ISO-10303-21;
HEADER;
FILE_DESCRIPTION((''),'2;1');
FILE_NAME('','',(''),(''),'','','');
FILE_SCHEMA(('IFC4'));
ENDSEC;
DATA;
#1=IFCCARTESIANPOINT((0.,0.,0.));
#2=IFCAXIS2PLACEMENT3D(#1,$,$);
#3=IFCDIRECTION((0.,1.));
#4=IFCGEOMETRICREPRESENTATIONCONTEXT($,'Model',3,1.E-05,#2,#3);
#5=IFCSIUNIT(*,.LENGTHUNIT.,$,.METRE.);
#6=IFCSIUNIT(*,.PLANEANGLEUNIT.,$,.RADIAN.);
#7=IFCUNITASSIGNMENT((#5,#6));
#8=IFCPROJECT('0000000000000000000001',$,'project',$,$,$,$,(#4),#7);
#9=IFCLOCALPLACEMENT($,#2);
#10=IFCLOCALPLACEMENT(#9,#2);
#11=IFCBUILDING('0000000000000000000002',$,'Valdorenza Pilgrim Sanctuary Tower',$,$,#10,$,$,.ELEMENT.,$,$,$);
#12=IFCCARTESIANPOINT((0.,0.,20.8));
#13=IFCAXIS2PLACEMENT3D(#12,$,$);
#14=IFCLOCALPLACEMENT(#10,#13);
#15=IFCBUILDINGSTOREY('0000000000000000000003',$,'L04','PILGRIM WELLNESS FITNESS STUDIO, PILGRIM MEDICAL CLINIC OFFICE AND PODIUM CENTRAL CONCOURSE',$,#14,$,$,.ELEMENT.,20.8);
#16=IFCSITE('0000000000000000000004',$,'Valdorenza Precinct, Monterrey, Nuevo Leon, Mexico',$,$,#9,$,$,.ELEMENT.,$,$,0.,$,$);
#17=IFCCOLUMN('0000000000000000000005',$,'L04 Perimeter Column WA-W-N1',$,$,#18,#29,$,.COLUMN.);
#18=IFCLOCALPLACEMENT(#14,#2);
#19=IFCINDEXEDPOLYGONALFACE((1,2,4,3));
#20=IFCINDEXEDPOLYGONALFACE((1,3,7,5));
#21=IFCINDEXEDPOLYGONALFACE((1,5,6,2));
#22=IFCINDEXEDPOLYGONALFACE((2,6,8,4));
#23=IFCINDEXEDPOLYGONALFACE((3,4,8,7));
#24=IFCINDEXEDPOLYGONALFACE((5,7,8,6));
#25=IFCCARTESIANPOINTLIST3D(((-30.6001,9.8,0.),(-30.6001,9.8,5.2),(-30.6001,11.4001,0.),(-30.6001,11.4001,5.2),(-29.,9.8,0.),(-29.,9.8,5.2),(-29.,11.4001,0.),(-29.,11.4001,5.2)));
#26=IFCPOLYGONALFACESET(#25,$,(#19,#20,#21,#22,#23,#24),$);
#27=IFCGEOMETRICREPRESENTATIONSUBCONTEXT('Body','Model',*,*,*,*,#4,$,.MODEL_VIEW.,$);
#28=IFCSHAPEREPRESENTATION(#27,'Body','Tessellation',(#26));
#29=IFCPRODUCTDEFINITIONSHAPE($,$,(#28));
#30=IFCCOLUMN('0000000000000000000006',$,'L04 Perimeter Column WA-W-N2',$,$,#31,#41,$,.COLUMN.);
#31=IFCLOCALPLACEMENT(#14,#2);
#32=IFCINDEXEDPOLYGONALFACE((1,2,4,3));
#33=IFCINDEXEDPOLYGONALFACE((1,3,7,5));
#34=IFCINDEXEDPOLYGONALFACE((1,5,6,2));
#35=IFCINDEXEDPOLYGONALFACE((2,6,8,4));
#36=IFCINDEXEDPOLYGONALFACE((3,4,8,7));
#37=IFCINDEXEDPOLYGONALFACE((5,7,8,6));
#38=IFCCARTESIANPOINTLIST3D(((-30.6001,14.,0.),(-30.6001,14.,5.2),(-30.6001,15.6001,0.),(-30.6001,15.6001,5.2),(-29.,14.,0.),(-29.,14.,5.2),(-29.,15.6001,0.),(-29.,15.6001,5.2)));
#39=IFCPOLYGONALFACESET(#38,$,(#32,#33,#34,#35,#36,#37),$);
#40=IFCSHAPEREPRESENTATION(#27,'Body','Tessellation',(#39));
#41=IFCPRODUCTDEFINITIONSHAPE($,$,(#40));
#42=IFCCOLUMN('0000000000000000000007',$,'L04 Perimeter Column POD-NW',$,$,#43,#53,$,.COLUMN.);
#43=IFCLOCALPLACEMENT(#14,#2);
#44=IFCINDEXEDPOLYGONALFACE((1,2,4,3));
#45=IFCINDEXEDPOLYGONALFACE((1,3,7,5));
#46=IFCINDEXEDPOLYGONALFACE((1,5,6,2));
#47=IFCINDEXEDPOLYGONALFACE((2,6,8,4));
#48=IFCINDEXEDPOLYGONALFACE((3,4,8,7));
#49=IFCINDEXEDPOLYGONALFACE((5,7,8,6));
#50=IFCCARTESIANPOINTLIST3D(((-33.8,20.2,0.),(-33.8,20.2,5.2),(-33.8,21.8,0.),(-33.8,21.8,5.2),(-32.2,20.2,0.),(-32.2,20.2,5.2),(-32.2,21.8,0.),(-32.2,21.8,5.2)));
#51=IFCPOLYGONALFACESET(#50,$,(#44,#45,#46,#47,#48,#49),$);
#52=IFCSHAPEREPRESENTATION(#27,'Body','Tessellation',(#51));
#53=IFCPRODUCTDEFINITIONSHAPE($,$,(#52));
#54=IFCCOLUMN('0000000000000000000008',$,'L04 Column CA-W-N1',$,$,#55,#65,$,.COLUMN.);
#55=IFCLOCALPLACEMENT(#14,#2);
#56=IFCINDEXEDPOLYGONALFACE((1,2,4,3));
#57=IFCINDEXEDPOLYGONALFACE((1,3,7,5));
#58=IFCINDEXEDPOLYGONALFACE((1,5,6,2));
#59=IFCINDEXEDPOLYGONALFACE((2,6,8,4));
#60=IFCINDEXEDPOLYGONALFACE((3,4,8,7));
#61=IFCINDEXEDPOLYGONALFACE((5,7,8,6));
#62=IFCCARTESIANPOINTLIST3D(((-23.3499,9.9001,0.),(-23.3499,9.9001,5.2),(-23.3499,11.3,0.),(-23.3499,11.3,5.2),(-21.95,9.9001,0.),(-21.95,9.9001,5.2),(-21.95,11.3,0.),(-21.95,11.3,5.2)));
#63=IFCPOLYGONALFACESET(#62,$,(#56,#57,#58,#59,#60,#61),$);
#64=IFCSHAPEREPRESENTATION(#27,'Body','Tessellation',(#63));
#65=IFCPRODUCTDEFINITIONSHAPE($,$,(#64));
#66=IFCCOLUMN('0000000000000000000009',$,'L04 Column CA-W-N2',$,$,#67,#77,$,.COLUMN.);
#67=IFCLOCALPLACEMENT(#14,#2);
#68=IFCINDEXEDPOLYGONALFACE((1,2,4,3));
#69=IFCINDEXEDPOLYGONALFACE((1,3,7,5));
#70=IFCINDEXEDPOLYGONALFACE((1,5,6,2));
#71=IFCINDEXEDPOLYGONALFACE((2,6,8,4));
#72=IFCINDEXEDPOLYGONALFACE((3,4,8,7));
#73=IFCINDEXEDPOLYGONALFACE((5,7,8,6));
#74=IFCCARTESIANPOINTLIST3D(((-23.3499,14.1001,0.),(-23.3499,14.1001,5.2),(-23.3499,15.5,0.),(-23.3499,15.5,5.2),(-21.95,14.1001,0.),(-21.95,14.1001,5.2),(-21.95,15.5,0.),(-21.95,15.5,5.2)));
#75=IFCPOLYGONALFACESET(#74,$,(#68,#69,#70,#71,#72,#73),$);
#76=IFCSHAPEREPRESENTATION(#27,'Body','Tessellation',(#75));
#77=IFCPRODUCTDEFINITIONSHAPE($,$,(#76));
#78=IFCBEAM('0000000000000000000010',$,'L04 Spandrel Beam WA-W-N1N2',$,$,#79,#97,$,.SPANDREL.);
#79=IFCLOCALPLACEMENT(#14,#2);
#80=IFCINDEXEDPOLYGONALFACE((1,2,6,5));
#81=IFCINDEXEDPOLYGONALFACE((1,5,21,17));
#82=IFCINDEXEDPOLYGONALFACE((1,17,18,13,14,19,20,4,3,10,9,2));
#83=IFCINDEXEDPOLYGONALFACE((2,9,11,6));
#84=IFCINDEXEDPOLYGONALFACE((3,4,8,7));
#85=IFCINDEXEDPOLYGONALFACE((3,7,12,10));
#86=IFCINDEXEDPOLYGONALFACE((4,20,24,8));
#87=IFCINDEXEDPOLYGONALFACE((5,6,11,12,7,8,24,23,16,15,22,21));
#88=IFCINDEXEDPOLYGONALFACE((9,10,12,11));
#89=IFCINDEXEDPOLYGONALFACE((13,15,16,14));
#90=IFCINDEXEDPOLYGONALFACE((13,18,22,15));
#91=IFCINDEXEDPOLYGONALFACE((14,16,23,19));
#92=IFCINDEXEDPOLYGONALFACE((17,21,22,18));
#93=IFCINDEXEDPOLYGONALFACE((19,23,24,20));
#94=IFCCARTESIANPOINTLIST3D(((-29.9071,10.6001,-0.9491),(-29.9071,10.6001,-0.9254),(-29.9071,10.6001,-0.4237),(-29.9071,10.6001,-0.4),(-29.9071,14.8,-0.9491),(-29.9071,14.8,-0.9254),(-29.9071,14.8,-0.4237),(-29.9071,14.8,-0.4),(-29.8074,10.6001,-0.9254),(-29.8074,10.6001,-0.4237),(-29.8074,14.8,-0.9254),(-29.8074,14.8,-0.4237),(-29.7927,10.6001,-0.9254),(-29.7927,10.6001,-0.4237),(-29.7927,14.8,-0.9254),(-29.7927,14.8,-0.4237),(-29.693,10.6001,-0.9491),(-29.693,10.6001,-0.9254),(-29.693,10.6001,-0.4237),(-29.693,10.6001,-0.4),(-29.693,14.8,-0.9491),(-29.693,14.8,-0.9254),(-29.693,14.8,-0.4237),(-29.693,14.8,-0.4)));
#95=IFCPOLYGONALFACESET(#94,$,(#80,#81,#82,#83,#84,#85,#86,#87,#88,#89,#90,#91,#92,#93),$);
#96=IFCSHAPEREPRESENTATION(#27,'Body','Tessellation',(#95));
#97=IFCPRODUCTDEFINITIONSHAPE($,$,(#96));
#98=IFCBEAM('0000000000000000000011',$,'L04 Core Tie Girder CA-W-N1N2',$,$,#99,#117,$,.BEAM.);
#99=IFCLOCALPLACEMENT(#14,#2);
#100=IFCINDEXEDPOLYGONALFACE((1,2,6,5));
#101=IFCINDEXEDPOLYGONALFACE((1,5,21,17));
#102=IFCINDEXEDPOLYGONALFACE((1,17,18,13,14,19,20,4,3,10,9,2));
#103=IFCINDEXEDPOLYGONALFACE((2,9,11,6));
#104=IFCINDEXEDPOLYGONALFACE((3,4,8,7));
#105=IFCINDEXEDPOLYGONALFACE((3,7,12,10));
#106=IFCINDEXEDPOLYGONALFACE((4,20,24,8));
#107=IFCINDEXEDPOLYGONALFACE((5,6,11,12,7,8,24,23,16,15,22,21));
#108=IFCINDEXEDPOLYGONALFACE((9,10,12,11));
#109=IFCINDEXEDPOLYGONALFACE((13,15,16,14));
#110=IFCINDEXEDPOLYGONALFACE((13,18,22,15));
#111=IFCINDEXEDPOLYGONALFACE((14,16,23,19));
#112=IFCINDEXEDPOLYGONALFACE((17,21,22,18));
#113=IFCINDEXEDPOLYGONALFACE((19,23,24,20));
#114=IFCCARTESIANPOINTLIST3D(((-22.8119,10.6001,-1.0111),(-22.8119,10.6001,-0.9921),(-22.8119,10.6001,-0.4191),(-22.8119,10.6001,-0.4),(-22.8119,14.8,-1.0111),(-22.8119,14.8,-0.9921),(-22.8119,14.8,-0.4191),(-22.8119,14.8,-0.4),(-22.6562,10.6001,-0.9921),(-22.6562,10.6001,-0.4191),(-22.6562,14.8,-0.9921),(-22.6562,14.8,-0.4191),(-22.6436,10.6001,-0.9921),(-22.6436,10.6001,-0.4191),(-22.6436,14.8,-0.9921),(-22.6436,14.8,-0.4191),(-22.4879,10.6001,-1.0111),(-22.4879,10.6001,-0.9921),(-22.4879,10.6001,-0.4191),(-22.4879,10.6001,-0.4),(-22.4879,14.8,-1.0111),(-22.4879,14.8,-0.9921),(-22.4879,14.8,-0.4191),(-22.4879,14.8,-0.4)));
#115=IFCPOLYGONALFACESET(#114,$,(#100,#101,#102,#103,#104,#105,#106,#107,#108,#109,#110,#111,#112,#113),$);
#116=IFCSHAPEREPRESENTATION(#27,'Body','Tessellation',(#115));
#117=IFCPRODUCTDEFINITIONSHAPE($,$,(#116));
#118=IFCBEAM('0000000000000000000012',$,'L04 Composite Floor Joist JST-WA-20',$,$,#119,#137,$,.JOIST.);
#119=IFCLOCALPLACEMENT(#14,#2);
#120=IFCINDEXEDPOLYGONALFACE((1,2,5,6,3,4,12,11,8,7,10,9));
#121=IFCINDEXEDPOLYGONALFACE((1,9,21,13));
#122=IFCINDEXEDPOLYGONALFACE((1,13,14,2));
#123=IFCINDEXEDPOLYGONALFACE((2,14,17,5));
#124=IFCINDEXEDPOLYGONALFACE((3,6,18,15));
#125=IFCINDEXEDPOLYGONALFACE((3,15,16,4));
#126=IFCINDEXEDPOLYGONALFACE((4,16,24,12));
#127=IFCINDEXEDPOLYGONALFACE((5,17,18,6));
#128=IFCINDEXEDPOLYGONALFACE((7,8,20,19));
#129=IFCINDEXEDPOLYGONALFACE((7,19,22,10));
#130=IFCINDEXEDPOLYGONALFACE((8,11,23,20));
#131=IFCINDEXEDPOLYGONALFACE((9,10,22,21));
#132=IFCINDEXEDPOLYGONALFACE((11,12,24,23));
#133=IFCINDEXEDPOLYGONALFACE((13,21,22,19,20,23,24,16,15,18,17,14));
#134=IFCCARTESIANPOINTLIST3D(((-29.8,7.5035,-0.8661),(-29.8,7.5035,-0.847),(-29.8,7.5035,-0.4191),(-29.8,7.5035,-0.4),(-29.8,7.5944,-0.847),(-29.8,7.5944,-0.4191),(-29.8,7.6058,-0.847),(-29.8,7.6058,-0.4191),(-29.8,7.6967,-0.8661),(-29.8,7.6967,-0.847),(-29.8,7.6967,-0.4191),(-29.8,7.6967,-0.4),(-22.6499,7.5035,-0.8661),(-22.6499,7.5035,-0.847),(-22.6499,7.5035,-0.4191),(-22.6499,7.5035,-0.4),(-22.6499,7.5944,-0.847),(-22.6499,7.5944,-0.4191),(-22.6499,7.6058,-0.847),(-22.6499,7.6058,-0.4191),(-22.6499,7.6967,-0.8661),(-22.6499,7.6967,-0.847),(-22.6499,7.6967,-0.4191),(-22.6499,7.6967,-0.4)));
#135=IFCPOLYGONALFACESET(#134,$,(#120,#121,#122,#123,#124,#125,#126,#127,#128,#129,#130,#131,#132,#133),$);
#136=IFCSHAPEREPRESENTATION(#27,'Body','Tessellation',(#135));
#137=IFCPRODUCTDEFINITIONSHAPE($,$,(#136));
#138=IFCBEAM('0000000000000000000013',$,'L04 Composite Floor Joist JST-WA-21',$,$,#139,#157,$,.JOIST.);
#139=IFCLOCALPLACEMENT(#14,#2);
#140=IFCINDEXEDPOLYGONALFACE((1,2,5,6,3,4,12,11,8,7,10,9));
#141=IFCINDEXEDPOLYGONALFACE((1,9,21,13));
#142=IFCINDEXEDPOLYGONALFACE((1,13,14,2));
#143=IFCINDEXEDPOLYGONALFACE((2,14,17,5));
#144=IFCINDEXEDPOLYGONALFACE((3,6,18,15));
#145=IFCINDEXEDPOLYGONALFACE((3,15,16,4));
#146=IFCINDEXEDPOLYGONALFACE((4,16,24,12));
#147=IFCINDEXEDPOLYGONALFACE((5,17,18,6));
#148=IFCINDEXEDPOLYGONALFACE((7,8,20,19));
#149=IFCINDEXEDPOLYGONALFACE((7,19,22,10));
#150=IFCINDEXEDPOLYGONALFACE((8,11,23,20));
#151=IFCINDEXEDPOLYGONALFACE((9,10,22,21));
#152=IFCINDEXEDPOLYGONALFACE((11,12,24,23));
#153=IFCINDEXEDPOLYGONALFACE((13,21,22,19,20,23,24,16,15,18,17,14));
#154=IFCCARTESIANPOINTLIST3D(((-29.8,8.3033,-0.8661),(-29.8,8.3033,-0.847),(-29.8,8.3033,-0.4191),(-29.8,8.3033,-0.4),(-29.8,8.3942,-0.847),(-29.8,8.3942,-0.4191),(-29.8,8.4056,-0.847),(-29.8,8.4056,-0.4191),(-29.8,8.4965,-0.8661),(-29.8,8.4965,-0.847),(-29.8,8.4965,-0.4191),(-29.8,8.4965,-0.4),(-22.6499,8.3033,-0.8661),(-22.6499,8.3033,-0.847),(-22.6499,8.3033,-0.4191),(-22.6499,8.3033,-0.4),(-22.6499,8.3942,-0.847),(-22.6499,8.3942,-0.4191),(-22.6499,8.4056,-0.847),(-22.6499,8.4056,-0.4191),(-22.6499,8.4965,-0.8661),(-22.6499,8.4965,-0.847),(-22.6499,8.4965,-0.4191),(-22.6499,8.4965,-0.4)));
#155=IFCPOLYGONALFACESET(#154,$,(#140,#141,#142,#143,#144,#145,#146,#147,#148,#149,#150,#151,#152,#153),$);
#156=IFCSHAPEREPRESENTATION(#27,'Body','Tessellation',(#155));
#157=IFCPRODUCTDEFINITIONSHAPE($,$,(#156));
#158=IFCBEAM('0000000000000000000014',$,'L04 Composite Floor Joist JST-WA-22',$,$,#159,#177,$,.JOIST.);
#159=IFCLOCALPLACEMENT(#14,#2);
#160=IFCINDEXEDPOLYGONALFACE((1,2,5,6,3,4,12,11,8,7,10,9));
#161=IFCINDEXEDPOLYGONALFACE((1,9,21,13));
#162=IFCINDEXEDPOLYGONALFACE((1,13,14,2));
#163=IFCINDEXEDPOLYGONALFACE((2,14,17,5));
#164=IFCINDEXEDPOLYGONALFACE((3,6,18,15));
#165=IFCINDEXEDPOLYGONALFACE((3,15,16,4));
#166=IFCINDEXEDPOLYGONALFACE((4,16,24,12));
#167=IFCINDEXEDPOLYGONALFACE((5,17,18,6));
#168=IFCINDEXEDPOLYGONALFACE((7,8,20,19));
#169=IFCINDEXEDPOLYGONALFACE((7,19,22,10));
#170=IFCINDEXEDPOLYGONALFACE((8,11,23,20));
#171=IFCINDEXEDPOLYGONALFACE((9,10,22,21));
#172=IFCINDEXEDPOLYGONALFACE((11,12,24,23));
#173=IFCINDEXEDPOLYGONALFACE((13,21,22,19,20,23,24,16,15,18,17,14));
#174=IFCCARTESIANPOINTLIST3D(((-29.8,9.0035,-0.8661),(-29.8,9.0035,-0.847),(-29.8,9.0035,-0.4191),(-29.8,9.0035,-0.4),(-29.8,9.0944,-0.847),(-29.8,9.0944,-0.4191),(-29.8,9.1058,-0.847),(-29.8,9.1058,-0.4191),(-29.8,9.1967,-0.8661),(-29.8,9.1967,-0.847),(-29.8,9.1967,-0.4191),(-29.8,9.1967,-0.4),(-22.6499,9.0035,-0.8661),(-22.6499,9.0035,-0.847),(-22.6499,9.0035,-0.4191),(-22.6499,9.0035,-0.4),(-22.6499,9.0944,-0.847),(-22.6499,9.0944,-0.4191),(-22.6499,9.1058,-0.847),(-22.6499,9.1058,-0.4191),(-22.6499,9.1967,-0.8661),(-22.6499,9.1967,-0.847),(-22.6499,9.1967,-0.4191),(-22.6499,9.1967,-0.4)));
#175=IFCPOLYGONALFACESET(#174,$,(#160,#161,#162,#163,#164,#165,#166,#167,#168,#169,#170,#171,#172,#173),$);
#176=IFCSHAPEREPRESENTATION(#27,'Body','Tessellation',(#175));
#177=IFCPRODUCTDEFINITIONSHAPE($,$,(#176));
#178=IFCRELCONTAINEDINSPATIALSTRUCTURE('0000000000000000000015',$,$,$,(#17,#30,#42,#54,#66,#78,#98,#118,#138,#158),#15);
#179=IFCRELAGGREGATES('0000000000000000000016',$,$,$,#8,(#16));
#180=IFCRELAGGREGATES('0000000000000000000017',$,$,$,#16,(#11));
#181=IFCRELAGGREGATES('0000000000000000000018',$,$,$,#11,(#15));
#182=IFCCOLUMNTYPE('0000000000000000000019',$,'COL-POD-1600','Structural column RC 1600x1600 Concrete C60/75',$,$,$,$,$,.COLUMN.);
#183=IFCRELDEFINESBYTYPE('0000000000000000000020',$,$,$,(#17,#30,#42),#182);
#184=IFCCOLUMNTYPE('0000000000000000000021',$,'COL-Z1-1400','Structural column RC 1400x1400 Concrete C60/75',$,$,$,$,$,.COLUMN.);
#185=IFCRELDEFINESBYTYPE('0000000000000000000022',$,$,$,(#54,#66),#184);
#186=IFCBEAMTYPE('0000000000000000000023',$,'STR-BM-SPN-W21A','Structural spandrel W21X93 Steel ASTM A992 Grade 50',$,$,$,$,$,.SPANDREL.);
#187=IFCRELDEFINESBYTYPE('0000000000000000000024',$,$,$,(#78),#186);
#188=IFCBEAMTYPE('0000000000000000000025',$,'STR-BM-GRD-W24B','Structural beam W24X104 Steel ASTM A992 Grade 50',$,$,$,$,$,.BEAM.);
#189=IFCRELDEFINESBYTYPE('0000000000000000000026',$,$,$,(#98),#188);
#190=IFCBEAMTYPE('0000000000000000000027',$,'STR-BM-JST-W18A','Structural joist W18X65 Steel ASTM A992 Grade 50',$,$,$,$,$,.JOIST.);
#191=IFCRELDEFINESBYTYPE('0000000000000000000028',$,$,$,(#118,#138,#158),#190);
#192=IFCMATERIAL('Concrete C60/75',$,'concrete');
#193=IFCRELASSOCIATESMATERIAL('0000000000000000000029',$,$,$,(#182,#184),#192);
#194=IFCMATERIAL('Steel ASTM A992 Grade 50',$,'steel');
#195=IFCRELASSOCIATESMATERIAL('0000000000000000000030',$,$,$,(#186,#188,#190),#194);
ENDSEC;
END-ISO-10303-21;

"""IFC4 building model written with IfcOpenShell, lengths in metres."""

from ifc_helpers import new_model, si_unit, direction, frame, origin, origin_2d, place, context, subcontext, project, spatial, rectangle, i_section, extrude, source, transform, mapped, material, material_profile, profile_set, type_object, element, save


model = new_model("IFC4")

# Units and contexts
model_context = context("Model", 3, precision=1e-05, world=origin(), true_north=direction((0.0, 1.0)))
body_context = subcontext(model_context, "Body", "Model", "MODEL_VIEW")
ifc_project = project(units=[si_unit("LENGTHUNIT", "METRE"), si_unit("PLANEANGLEUNIT", "RADIAN")], contexts=[model_context])

# Site, building, storey
site_placement = place(None, origin())
site = spatial("IfcSite", under=ifc_project, at=site_placement, Name="Valdorenza Precinct, Monterrey, Nuevo Leon, Mexico", CompositionType="ELEMENT", RefElevation=0.0)
building_placement = place(site_placement, origin())
building = spatial("IfcBuilding", under=site, at=building_placement, Name="Valdorenza Pilgrim Sanctuary Tower", CompositionType="ELEMENT")
storey_placement = place(building_placement, frame((0.0, 0.0, 20.8)))
storey = spatial("IfcBuildingStorey", under=building, at=storey_placement, Name="L04", Description="PILGRIM WELLNESS FITNESS STUDIO, PILGRIM MEDICAL CLINIC OFFICE AND PODIUM CENTRAL CONCOURSE", CompositionType="ELEMENT", Elevation=20.8)

# Columns
ifc_material_1 = material(Name="Concrete C60/75", Category="concrete")
ifc_material_profile_1 = material_profile(ifc_material_1, rectangle(XDim=1.6001, YDim=1.6001, at=origin_2d()), Name="RC 1600x1600")
ifc_profile_set_1 = profile_set([ifc_material_profile_1], Name="Concrete C60/75")
column_type_1 = type_object("IfcColumnType", Name="COL-POD-1600", Description="Structural column RC 1600x1600 Concrete C60/75", PredefinedType="COLUMN", material=ifc_profile_set_1)
shared_shape_1 = source(origin(), body_context, "Body", "SweptSolid", [
    extrude(rectangle(XDim=1.6001, YDim=1.6001, at=origin_2d()), origin(), (0.0, 0.0, 1.0), 5.2),
])
for number, where, z_axis, x_axis, name in (
    (1, (-29.8, 10.6001, 0.0), (0.0, 0.0, 1.0), (1.0, 0.0, 0.0), "L04 Perimeter Column WA-W-N1"),
    (2, (-29.8, 14.8, 0.0), (0.0, 0.0, 1.0), (1.0, 0.0, 0.0), "L04 Perimeter Column WA-W-N2"),
    (3, (-33.0, 21.0, 0.0), (0.0, 0.0, 1.0), (1.0, 0.0, 0.0), "L04 Perimeter Column POD-NW"),
):
    element("IfcColumn", number, at=place(storey_placement, frame(where, z_axis=z_axis, x_axis=x_axis)), inside=storey, type_object=column_type_1, Name=name, PredefinedType="COLUMN", context=body_context, shape_type="MappedRepresentation", body=[
        mapped(shared_shape_1, transform((0.0, 0.0, 0.0), x_axis=(1.0, 0.0, 0.0), y_axis=(0.0, 1.0, 0.0), z_axis=(0.0, 0.0, 1.0), scale=1.0)),
    ])
ifc_material_profile_2 = material_profile(ifc_material_1, rectangle(XDim=1.3999, YDim=1.3999, at=origin_2d()), Name="RC 1400x1400")
ifc_profile_set_2 = profile_set([ifc_material_profile_2], Name="Concrete C60/75")
column_type_2 = type_object("IfcColumnType", Name="COL-Z1-1400", Description="Structural column RC 1400x1400 Concrete C60/75", PredefinedType="COLUMN", material=ifc_profile_set_2)
shared_shape_2 = source(origin(), body_context, "Body", "SweptSolid", [
    extrude(rectangle(XDim=1.3999, YDim=1.3999, at=origin_2d()), origin(), (0.0, 0.0, 1.0), 5.2),
])
for number, where, z_axis, x_axis, name in (
    (4, (-22.6499, 10.6001, 0.0), (0.0, 0.0, 1.0), (1.0, 0.0, 0.0), "L04 Column CA-W-N1"),
    (5, (-22.6499, 14.8, 0.0), (0.0, 0.0, 1.0), (1.0, 0.0, 0.0), "L04 Column CA-W-N2"),
):
    element("IfcColumn", number, at=place(storey_placement, frame(where, z_axis=z_axis, x_axis=x_axis)), inside=storey, type_object=column_type_2, Name=name, PredefinedType="COLUMN", context=body_context, shape_type="MappedRepresentation", body=[
        mapped(shared_shape_2, transform((0.0, 0.0, 0.0), x_axis=(1.0, 0.0, 0.0), y_axis=(0.0, 1.0, 0.0), z_axis=(0.0, 0.0, 1.0), scale=1.0)),
    ])

# Beams
ifc_material_2 = material(Name="Steel ASTM A992 Grade 50", Category="steel")
ifc_material_profile_3 = material_profile(ifc_material_2, i_section(OverallWidth=0.2141, OverallDepth=0.5491, WebThickness=0.0146, FlangeThickness=0.0237, at=origin_2d()), Name="W21X93")
ifc_profile_set_3 = profile_set([ifc_material_profile_3], Name="Steel ASTM A992 Grade 50")
beam_type_1 = type_object("IfcBeamType", Name="STR-BM-SPN-W21A", Description="Structural spandrel W21X93 Steel ASTM A992 Grade 50", PredefinedType="SPANDREL", material=ifc_profile_set_3)
shared_shape_3 = source(origin(), body_context, "Body", "SweptSolid", [
    extrude(i_section(OverallWidth=0.2141, OverallDepth=0.5491, WebThickness=0.0146, FlangeThickness=0.0237, at=origin_2d()), origin(), (0.0, 0.0, 1.0), 4.2),
])
beam_1_placement = place(storey_placement, frame((-29.8, 10.6001, -0.6746), z_axis=(0.0, 1.0, 0.0), x_axis=(-1.0, 0.0, 0.0)))
element("IfcBeam", 6, at=beam_1_placement, inside=storey, type_object=beam_type_1, Name="L04 Spandrel Beam WA-W-N1N2", PredefinedType="SPANDREL", context=body_context, shape_type="MappedRepresentation", body=[
    mapped(shared_shape_3, transform((0.0, 0.0, 0.0), x_axis=(1.0, 0.0, 0.0), y_axis=(0.0, 1.0, 0.0), z_axis=(0.0, 0.0, 1.0), scale=1.0)),
])
ifc_material_profile_4 = material_profile(ifc_material_2, i_section(OverallWidth=0.324, OverallDepth=0.6111, WebThickness=0.0127, FlangeThickness=0.019, at=origin_2d()), Name="W24X104")
ifc_profile_set_4 = profile_set([ifc_material_profile_4], Name="Steel ASTM A992 Grade 50")
beam_type_2 = type_object("IfcBeamType", Name="STR-BM-GRD-W24B", Description="Structural beam W24X104 Steel ASTM A992 Grade 50", PredefinedType="BEAM", material=ifc_profile_set_4)
shared_shape_4 = source(origin(), body_context, "Body", "SweptSolid", [
    extrude(i_section(OverallWidth=0.324, OverallDepth=0.6111, WebThickness=0.0127, FlangeThickness=0.019, at=origin_2d()), origin(), (0.0, 0.0, 1.0), 4.2),
])
beam_2_placement = place(storey_placement, frame((-22.6499, 10.6001, -0.7056), z_axis=(0.0, 1.0, 0.0), x_axis=(-1.0, 0.0, 0.0)))
element("IfcBeam", 7, at=beam_2_placement, inside=storey, type_object=beam_type_2, Name="L04 Core Tie Girder CA-W-N1N2", PredefinedType="BEAM", context=body_context, shape_type="MappedRepresentation", body=[
    mapped(shared_shape_4, transform((0.0, 0.0, 0.0), x_axis=(1.0, 0.0, 0.0), y_axis=(0.0, 1.0, 0.0), z_axis=(0.0, 0.0, 1.0), scale=1.0)),
])
ifc_material_profile_5 = material_profile(ifc_material_2, i_section(OverallWidth=0.1931, OverallDepth=0.4661, WebThickness=0.0115, FlangeThickness=0.019, at=origin_2d()), Name="W18X65")
ifc_profile_set_5 = profile_set([ifc_material_profile_5], Name="Steel ASTM A992 Grade 50")
beam_type_3 = type_object("IfcBeamType", Name="STR-BM-JST-W18A", Description="Structural joist W18X65 Steel ASTM A992 Grade 50", PredefinedType="JOIST", material=ifc_profile_set_5)
shared_shape_5 = source(origin(), body_context, "Body", "SweptSolid", [
    extrude(i_section(OverallWidth=0.1931, OverallDepth=0.4661, WebThickness=0.0115, FlangeThickness=0.019, at=origin_2d()), origin(), (0.0, 0.0, 1.0), 7.1501),
])
for number, where, z_axis, x_axis, name in (
    (8, (-29.8, 7.6001, -0.6331), (1.0, 0.0, 0.0), (0.0, 1.0, 0.0), "L04 Composite Floor Joist JST-WA-20"),
    (9, (-29.8, 8.3999, -0.6331), (1.0, 0.0, 0.0), (0.0, 1.0, 0.0), "L04 Composite Floor Joist JST-WA-21"),
    (10, (-29.8, 9.1001, -0.6331), (1.0, 0.0, 0.0), (0.0, 1.0, 0.0), "L04 Composite Floor Joist JST-WA-22"),
):
    element("IfcBeam", number, at=place(storey_placement, frame(where, z_axis=z_axis, x_axis=x_axis)), inside=storey, type_object=beam_type_3, Name=name, PredefinedType="JOIST", context=body_context, shape_type="MappedRepresentation", body=[
        mapped(shared_shape_5, transform((0.0, 0.0, 0.0), x_axis=(1.0, 0.0, 0.0), y_axis=(0.0, 1.0, 0.0), z_axis=(0.0, 0.0, 1.0), scale=1.0)),
    ])

save(model, "model.ifc")
